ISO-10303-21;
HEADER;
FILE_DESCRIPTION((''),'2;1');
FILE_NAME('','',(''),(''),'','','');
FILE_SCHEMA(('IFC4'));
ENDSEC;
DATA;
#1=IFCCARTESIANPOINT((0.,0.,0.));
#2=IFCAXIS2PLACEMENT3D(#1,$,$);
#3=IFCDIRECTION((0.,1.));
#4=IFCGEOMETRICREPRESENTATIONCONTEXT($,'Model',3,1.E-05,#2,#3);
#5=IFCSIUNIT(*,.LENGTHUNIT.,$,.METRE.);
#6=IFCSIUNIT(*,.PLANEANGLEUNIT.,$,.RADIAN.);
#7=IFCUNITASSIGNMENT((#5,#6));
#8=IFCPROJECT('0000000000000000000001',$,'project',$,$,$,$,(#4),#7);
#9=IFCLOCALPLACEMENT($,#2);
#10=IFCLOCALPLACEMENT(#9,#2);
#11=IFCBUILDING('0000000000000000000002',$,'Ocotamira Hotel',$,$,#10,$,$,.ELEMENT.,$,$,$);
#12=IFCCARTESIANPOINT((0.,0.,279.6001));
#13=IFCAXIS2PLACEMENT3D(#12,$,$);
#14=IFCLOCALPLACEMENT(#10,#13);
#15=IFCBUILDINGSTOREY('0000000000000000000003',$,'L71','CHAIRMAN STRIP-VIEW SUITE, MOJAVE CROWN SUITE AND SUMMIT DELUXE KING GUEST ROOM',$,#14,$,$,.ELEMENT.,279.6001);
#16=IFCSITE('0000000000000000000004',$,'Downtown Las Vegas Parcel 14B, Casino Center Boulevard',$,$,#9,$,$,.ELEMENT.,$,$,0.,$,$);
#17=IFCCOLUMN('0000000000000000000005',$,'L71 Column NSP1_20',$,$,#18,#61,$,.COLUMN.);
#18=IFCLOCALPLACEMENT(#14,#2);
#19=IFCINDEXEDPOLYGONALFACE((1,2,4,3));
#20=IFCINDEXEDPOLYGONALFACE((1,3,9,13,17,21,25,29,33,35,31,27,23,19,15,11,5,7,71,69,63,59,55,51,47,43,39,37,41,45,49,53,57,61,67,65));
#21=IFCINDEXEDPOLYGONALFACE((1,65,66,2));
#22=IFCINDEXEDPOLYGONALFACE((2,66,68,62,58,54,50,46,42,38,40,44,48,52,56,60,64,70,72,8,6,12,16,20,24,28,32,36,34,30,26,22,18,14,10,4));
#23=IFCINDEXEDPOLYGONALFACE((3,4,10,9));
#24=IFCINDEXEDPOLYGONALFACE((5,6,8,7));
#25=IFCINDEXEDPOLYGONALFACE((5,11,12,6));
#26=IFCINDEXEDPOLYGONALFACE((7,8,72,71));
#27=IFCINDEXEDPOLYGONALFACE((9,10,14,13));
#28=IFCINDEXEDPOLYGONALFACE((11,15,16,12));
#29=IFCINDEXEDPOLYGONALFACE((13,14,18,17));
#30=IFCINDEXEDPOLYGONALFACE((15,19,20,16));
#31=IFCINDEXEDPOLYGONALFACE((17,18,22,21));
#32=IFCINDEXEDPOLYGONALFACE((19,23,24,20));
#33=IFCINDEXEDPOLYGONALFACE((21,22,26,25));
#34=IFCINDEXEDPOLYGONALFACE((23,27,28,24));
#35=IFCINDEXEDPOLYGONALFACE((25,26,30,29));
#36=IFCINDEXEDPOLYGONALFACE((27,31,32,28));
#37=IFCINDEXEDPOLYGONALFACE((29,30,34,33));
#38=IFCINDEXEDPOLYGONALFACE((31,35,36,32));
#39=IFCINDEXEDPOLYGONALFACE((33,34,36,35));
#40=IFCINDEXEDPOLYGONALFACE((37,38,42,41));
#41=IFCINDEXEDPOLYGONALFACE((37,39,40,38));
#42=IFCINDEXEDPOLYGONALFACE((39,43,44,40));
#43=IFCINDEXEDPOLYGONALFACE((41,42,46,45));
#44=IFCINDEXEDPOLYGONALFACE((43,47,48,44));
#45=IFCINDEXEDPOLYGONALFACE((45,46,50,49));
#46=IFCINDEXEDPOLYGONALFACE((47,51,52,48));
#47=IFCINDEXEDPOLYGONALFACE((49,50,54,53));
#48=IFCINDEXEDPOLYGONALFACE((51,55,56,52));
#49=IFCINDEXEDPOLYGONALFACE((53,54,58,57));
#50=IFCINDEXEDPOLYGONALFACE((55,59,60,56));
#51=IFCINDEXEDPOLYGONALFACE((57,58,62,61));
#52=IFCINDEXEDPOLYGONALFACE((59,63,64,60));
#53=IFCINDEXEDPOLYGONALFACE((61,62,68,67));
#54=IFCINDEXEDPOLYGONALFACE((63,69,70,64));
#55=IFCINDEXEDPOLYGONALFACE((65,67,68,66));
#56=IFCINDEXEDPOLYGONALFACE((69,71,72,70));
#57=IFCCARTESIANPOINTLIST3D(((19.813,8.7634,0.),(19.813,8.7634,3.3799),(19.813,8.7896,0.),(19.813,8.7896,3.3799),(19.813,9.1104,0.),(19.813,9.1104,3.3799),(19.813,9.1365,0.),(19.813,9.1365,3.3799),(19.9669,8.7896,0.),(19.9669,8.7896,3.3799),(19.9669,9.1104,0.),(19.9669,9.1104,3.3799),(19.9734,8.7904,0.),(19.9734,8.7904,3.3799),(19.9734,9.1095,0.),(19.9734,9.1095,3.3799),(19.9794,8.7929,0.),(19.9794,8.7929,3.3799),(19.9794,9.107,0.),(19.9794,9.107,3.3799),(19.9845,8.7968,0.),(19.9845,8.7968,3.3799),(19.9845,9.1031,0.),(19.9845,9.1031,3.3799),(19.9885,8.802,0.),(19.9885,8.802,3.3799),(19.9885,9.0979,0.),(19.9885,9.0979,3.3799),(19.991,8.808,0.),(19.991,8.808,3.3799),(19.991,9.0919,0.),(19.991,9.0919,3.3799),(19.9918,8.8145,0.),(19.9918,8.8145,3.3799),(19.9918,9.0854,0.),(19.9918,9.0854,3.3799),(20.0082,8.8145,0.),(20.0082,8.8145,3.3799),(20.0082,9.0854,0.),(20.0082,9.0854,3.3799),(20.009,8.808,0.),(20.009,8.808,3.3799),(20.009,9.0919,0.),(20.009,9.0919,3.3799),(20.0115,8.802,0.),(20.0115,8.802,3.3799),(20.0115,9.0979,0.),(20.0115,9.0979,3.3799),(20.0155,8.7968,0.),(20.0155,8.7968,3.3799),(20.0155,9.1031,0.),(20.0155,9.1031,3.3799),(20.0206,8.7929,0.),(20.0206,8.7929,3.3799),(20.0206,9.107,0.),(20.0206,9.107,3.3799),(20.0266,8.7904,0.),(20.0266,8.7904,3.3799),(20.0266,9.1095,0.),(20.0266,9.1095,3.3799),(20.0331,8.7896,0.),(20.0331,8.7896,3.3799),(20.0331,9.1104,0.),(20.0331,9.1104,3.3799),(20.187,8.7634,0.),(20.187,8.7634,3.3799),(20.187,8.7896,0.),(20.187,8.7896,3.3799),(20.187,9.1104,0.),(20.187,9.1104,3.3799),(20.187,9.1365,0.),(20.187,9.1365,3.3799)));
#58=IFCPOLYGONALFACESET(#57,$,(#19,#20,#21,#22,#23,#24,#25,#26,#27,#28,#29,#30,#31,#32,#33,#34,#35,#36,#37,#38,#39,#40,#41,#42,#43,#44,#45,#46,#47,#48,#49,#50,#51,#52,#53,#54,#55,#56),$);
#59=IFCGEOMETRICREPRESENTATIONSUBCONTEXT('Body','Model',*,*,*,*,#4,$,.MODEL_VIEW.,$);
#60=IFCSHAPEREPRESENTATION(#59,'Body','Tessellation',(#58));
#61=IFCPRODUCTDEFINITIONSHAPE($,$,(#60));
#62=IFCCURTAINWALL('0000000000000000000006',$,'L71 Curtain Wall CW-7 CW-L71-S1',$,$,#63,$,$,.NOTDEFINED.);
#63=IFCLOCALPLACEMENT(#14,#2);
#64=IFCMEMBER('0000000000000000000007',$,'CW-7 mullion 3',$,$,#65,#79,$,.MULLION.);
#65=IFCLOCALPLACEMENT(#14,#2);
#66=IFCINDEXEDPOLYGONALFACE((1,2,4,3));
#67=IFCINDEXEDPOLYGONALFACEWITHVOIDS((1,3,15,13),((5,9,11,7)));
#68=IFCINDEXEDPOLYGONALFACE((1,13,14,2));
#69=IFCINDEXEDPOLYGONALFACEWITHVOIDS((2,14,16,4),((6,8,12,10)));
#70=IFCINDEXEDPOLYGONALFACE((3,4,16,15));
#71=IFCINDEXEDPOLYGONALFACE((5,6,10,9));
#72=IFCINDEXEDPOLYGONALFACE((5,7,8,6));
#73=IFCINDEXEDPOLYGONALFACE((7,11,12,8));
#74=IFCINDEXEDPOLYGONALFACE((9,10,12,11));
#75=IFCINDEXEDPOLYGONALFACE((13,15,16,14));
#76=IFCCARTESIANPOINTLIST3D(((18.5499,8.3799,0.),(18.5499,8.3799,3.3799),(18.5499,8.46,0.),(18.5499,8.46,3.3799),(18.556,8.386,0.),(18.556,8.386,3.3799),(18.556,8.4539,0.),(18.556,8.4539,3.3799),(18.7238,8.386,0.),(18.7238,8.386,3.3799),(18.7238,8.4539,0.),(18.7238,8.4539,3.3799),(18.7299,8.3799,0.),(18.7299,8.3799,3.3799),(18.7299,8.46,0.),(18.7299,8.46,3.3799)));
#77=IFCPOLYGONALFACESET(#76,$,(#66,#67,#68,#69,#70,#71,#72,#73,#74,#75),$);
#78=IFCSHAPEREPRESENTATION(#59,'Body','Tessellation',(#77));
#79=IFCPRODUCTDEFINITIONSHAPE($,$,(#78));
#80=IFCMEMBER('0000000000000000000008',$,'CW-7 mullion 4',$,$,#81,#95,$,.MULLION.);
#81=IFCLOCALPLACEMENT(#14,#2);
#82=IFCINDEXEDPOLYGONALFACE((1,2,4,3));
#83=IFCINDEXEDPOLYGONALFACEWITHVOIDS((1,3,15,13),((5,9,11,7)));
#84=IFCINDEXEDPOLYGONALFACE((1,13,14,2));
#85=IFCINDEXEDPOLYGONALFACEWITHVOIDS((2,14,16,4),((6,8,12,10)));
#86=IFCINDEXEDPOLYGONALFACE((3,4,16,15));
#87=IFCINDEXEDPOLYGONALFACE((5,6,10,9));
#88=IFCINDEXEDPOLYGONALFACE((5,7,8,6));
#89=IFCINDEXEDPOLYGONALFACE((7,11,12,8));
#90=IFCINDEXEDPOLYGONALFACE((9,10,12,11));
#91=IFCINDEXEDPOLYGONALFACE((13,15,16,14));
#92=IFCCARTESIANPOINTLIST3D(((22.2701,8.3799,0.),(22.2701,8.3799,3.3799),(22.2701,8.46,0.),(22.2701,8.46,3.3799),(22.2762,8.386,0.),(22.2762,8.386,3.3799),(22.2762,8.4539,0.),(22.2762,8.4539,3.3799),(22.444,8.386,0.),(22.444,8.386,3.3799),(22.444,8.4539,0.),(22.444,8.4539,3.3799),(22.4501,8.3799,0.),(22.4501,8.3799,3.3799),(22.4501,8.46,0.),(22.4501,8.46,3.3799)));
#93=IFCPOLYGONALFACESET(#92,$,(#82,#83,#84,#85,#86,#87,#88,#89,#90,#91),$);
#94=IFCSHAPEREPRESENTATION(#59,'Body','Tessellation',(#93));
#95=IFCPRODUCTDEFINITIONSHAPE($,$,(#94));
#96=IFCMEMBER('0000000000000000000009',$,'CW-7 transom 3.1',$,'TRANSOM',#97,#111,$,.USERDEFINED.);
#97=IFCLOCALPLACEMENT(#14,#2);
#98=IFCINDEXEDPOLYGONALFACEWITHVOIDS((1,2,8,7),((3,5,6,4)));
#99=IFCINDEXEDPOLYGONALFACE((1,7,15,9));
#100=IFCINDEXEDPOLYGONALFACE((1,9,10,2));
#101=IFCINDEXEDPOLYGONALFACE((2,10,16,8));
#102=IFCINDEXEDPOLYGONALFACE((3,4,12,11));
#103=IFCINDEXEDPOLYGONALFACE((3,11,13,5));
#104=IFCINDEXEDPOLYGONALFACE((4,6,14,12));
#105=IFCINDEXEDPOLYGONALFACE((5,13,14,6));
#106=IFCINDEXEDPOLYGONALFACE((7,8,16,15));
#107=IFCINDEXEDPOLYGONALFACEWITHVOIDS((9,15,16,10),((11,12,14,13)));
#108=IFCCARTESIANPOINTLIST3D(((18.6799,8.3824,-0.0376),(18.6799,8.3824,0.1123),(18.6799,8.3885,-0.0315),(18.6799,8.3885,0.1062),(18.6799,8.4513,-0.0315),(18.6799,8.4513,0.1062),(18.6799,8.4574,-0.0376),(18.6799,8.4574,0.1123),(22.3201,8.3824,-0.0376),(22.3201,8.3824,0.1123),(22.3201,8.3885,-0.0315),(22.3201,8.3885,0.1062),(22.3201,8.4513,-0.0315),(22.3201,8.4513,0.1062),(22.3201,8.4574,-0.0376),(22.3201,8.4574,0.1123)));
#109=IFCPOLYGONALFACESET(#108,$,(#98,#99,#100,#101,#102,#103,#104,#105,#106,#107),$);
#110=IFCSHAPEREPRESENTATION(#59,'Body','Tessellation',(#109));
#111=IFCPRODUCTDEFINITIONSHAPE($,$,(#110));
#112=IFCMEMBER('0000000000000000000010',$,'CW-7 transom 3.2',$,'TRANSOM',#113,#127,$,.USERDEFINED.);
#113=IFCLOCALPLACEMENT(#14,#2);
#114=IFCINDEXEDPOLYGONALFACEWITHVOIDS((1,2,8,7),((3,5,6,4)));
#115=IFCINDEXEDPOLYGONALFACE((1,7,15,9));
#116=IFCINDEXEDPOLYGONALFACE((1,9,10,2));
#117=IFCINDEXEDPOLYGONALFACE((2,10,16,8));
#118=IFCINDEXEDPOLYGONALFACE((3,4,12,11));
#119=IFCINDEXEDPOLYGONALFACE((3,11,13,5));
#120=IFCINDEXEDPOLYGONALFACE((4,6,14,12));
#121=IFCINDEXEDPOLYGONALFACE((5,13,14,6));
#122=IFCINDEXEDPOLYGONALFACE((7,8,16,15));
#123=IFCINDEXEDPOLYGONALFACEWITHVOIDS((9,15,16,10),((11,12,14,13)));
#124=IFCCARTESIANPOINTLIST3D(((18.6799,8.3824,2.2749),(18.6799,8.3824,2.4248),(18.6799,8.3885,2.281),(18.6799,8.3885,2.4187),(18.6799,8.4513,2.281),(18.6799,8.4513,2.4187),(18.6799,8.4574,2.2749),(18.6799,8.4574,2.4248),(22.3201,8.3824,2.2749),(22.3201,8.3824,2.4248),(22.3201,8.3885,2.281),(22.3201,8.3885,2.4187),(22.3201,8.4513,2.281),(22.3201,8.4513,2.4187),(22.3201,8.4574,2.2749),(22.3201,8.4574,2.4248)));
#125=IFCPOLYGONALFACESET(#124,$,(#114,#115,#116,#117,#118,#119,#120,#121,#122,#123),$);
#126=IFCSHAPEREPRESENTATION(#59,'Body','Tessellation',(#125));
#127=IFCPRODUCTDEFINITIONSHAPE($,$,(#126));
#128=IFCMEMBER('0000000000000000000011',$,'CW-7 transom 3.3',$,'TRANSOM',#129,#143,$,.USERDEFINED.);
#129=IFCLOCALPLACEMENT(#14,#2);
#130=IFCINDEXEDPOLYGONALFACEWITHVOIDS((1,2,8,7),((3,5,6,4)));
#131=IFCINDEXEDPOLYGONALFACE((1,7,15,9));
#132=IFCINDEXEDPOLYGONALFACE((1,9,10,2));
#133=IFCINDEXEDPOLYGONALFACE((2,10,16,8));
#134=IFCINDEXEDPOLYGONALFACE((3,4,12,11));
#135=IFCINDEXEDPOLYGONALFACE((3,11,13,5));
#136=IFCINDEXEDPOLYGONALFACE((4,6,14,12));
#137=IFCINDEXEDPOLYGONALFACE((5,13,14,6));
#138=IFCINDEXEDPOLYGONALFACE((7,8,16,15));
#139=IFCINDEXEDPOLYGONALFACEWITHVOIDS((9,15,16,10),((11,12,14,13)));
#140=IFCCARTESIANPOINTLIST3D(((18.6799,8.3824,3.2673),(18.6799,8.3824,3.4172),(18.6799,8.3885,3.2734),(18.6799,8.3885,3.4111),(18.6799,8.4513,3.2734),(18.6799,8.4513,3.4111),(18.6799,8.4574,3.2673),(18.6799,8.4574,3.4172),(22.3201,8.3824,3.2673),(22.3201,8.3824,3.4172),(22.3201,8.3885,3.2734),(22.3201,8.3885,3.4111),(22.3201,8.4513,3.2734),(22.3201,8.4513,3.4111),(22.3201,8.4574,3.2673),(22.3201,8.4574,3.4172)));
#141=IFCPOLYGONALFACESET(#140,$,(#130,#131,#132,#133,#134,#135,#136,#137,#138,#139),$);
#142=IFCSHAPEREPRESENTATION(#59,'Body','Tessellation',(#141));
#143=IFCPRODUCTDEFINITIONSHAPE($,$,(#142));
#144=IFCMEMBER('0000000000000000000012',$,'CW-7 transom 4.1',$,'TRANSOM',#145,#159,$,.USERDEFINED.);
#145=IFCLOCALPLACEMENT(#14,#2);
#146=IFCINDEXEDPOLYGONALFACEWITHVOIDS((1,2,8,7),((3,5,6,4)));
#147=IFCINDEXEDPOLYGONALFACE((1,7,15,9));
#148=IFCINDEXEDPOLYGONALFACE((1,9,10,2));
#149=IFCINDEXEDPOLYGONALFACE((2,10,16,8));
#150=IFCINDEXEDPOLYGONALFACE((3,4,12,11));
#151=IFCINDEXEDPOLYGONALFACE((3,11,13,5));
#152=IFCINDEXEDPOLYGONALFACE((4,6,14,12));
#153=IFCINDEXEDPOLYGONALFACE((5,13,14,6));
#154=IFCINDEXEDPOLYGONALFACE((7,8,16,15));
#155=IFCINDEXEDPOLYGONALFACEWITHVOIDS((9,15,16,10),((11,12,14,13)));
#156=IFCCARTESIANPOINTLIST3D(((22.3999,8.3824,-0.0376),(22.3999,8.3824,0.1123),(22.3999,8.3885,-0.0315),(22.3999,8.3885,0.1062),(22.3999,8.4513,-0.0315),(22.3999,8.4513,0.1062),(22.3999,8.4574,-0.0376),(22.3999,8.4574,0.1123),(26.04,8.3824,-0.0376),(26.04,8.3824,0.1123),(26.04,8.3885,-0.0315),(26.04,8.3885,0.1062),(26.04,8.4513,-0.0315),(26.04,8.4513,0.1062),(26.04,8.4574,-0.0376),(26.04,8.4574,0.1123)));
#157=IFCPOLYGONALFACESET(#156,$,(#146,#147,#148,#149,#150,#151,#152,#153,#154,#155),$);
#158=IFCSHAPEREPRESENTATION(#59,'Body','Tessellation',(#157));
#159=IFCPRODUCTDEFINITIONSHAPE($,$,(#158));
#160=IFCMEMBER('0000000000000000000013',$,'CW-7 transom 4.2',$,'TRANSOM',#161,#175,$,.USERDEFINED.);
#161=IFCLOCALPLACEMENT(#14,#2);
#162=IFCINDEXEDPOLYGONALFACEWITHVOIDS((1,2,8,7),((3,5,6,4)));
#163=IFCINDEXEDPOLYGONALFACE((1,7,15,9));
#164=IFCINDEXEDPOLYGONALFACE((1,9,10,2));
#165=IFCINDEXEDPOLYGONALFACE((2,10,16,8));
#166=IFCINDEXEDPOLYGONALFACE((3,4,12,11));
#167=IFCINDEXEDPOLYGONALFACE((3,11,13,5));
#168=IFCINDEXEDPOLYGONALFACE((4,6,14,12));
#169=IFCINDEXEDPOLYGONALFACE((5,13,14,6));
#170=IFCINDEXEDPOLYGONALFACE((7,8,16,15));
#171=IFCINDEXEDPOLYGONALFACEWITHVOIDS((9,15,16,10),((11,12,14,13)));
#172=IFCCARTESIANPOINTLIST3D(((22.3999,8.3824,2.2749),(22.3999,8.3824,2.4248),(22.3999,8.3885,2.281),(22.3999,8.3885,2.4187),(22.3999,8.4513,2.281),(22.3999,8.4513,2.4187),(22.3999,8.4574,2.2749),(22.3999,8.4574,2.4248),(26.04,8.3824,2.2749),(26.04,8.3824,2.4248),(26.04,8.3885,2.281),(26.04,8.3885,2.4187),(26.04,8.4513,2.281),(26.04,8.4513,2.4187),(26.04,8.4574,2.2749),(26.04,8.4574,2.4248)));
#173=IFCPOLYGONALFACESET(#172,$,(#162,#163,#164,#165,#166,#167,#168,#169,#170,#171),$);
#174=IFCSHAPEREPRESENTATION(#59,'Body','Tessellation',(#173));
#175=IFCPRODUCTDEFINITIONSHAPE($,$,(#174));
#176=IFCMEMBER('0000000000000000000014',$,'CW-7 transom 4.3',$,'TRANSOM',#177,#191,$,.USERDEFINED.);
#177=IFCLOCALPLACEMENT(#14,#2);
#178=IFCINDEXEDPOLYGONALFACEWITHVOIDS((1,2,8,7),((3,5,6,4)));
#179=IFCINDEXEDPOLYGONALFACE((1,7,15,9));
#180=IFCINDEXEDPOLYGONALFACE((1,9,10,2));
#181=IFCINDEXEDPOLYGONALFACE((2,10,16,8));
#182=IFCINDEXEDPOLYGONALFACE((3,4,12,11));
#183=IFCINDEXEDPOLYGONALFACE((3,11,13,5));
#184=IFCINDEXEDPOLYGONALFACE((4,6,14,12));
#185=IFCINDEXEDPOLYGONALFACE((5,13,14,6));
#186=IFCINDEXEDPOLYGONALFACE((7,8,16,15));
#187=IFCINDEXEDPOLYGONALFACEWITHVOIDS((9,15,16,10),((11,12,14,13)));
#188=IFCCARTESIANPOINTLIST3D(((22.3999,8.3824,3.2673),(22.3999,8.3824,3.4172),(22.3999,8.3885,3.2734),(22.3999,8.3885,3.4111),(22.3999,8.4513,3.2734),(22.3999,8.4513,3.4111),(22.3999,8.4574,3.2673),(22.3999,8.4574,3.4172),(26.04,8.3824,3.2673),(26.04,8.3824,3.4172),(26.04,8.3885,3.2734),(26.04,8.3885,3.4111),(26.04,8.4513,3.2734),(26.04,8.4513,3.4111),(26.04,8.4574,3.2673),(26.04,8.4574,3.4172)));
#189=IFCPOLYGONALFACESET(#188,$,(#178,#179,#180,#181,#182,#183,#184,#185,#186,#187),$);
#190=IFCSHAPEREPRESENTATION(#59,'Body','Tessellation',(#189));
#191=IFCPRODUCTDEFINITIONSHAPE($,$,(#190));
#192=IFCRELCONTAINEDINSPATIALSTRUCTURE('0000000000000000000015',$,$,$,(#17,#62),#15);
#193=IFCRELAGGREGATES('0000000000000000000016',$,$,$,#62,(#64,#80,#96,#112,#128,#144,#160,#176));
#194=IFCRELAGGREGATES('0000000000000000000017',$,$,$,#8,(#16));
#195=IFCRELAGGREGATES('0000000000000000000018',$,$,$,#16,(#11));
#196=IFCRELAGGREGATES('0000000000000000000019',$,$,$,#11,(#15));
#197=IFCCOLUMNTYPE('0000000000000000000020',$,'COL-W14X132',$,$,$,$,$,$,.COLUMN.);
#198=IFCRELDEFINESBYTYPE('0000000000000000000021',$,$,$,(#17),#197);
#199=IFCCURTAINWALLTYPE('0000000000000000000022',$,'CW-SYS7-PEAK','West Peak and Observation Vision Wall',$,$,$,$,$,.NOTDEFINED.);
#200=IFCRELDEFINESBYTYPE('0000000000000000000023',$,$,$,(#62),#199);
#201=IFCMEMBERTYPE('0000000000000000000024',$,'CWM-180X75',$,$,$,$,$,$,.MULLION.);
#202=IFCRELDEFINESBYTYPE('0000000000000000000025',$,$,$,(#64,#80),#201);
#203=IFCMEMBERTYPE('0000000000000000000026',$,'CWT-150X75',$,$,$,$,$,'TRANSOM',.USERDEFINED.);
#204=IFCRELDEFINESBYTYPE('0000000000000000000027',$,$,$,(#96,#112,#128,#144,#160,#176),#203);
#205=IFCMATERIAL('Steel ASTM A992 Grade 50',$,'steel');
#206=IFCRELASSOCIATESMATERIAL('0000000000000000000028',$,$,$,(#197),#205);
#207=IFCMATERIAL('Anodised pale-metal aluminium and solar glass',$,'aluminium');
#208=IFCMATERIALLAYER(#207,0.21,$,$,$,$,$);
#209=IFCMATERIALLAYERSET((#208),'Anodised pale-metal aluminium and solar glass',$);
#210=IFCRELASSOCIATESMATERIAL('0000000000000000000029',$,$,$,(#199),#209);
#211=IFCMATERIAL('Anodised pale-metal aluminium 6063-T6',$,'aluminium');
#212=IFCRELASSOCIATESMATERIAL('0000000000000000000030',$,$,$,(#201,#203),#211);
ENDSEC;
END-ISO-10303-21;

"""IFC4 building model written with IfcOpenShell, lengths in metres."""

from ifc_helpers import new_model, si_unit, direction, frame, origin, origin_2d, place, context, subcontext, project, spatial, hollow_rectangle, i_section, extrude, source, transform, mapped, material, layer, layer_set, material_profile, profile_set, type_object, element, aggregate, save


model = new_model("IFC4")

# Units and contexts
model_context = context("Model", 3, precision=1e-05, world=origin(), true_north=direction((0.0, 1.0)))
body_context = subcontext(model_context, "Body", "Model", "MODEL_VIEW")
ifc_project = project(units=[si_unit("LENGTHUNIT", "METRE"), si_unit("PLANEANGLEUNIT", "RADIAN")], contexts=[model_context])

# Site, building, storey
site_placement = place(None, origin())
site = spatial("IfcSite", under=ifc_project, at=site_placement, Name="Downtown Las Vegas Parcel 14B, Casino Center Boulevard", CompositionType="ELEMENT", RefElevation=0.0)
building_placement = place(site_placement, origin())
building = spatial("IfcBuilding", under=site, at=building_placement, Name="Ocotamira Hotel", CompositionType="ELEMENT")
storey_placement = place(building_placement, frame((0.0, 0.0, 279.6001)))
storey = spatial("IfcBuildingStorey", under=building, at=storey_placement, Name="L71", Description="CHAIRMAN STRIP-VIEW SUITE, MOJAVE CROWN SUITE AND SUMMIT DELUXE KING GUEST ROOM", CompositionType="ELEMENT", Elevation=279.6001)

# Column
ifc_material_1 = material(Name="Steel ASTM A992 Grade 50", Category="steel")
ifc_material_profile_1 = material_profile(ifc_material_1, i_section(OverallWidth=0.374, OverallDepth=0.373, WebThickness=0.0164, FlangeThickness=0.0261, FilletRadius=0.0249, at=origin_2d()), Name="W14X132")
ifc_profile_set_1 = profile_set([ifc_material_profile_1], Name="Steel ASTM A992 Grade 50")
column_type = type_object("IfcColumnType", Name="COL-W14X132", PredefinedType="COLUMN", material=ifc_profile_set_1)
shared_shape_1 = source(origin(), body_context, "Body", "SweptSolid", [
    extrude(i_section(OverallWidth=0.374, OverallDepth=0.373, WebThickness=0.0164, FlangeThickness=0.0261, FilletRadius=0.0249, at=origin_2d()), origin(), (0.0, 0.0, 1.0), 3.3799),
])
column_placement = place(storey_placement, frame((20.0, 8.95, 0.0), z_axis=(0.0, 0.0, 1.0), x_axis=(1.0, 0.0, 0.0)))
element("IfcColumn", 1, at=column_placement, inside=storey, type_object=column_type, Name="L71 Column NSP1_20", PredefinedType="COLUMN", context=body_context, shape_type="MappedRepresentation", body=[
    mapped(shared_shape_1, transform((0.0, 0.0, 0.0), scale=1.0)),
])

# Curtain wall, members
ifc_material_2 = material(Name="Anodised pale-metal aluminium and solar glass", Category="aluminium")
ifc_layer_1 = layer(ifc_material_2, 0.21)
ifc_layer_set_1 = layer_set([ifc_layer_1], Name="Anodised pale-metal aluminium and solar glass")
curtain_wall_type = type_object("IfcCurtainWallType", Name="CW-SYS7-PEAK", Description="West Peak and Observation Vision Wall", PredefinedType="NOTDEFINED", material=ifc_layer_set_1)
curtain_wall_placement = place(storey_placement, origin())
curtain_wall = element("IfcCurtainWall", 2, at=curtain_wall_placement, inside=storey, type_object=curtain_wall_type, Name="L71 Curtain Wall CW-7 CW-L71-S1", PredefinedType="NOTDEFINED")
ifc_material_3 = material(Name="Anodised pale-metal aluminium 6063-T6", Category="aluminium")
ifc_material_profile_2 = material_profile(ifc_material_3, hollow_rectangle(XDim=0.0801, YDim=0.1799, WallThickness=0.0061, at=origin_2d()), Name="HSS180X80X6")
ifc_profile_set_2 = profile_set([ifc_material_profile_2], Name="Anodised pale-metal aluminium 6063-T6")
member_type_1 = type_object("IfcMemberType", Name="CWM-180X75", PredefinedType="MULLION", material=ifc_profile_set_2)
shared_shape_2 = source(origin(), body_context, "Body", "SweptSolid", [
    extrude(hollow_rectangle(XDim=0.0801, YDim=0.1799, WallThickness=0.0061, at=origin_2d()), origin(), (0.0, 0.0, 1.0), 3.3799),
])
member_1_placement = place(storey_placement, frame((18.6399, 8.4199, 0.0), z_axis=(0.0, 0.0, 1.0), x_axis=(0.0, 1.0, 0.0)))
member_1 = element("IfcMember", 3, at=member_1_placement, type_object=member_type_1, Name="CW-7 mullion 3", PredefinedType="MULLION", context=body_context, shape_type="MappedRepresentation", body=[
    mapped(shared_shape_2, transform((0.0, 0.0, 0.0), scale=1.0)),
])
member_2_placement = place(storey_placement, frame((22.3601, 8.4199, 0.0), z_axis=(0.0, 0.0, 1.0), x_axis=(0.0, 1.0, 0.0)))
member_2 = element("IfcMember", 4, at=member_2_placement, type_object=member_type_1, Name="CW-7 mullion 4", PredefinedType="MULLION", context=body_context, shape_type="MappedRepresentation", body=[
    mapped(shared_shape_2, transform((0.0, 0.0, 0.0), scale=1.0)),
])
ifc_material_profile_3 = material_profile(ifc_material_3, hollow_rectangle(XDim=0.075, YDim=0.1499, WallThickness=0.0061, at=origin_2d()), Name="HSS150X75X6")
ifc_profile_set_3 = profile_set([ifc_material_profile_3], Name="Anodised pale-metal aluminium 6063-T6")
member_type_2 = type_object("IfcMemberType", Name="CWT-150X75", ElementType="TRANSOM", PredefinedType="USERDEFINED", material=ifc_profile_set_3)
shared_shape_3 = source(origin(), body_context, "Body", "SweptSolid", [
    extrude(hollow_rectangle(XDim=0.075, YDim=0.1499, WallThickness=0.0061, at=origin_2d()), origin(), (0.0, 0.0, 1.0), 3.6401),
])
member_3_placement = place(storey_placement, frame((18.6799, 8.4199, 0.0374), z_axis=(1.0, 0.0, 0.0), x_axis=(0.0, 1.0, 0.0)))
member_3 = element("IfcMember", 5, at=member_3_placement, type_object=member_type_2, Name="CW-7 transom 3.1", ObjectType="TRANSOM", PredefinedType="USERDEFINED", context=body_context, shape_type="MappedRepresentation", body=[
    mapped(shared_shape_3, transform((0.0, 0.0, 0.0), scale=1.0)),
])
member_4_placement = place(storey_placement, frame((18.6799, 8.4199, 2.3499), z_axis=(1.0, 0.0, 0.0), x_axis=(0.0, 1.0, 0.0)))
member_4 = element("IfcMember", 6, at=member_4_placement, type_object=member_type_2, Name="CW-7 transom 3.2", ObjectType="TRANSOM", PredefinedType="USERDEFINED", context=body_context, shape_type="MappedRepresentation", body=[
    mapped(shared_shape_3, transform((0.0, 0.0, 0.0), scale=1.0)),
])
member_5_placement = place(storey_placement, frame((18.6799, 8.4199, 3.3423), z_axis=(1.0, 0.0, 0.0), x_axis=(0.0, 1.0, 0.0)))
member_5 = element("IfcMember", 7, at=member_5_placement, type_object=member_type_2, Name="CW-7 transom 3.3", ObjectType="TRANSOM", PredefinedType="USERDEFINED", context=body_context, shape_type="MappedRepresentation", body=[
    mapped(shared_shape_3, transform((0.0, 0.0, 0.0), scale=1.0)),
])
member_6_placement = place(storey_placement, frame((22.3999, 8.4199, 0.0374), z_axis=(1.0, 0.0, 0.0), x_axis=(0.0, 1.0, 0.0)))
member_6 = element("IfcMember", 8, at=member_6_placement, type_object=member_type_2, Name="CW-7 transom 4.1", ObjectType="TRANSOM", PredefinedType="USERDEFINED", context=body_context, shape_type="MappedRepresentation", body=[
    mapped(shared_shape_3, transform((0.0, 0.0, 0.0), scale=1.0)),
])
member_7_placement = place(storey_placement, frame((22.3999, 8.4199, 2.3499), z_axis=(1.0, 0.0, 0.0), x_axis=(0.0, 1.0, 0.0)))
member_7 = element("IfcMember", 9, at=member_7_placement, type_object=member_type_2, Name="CW-7 transom 4.2", ObjectType="TRANSOM", PredefinedType="USERDEFINED", context=body_context, shape_type="MappedRepresentation", body=[
    mapped(shared_shape_3, transform((0.0, 0.0, 0.0), scale=1.0)),
])
member_8_placement = place(storey_placement, frame((22.3999, 8.4199, 3.3423), z_axis=(1.0, 0.0, 0.0), x_axis=(0.0, 1.0, 0.0)))
member_8 = element("IfcMember", 10, at=member_8_placement, type_object=member_type_2, Name="CW-7 transom 4.3", ObjectType="TRANSOM", PredefinedType="USERDEFINED", context=body_context, shape_type="MappedRepresentation", body=[
    mapped(shared_shape_3, transform((0.0, 0.0, 0.0), scale=1.0)),
])
aggregate(curtain_wall, [member_1, member_2, member_3, member_4, member_5, member_6, member_7, member_8])

save(model, "model.ifc")
